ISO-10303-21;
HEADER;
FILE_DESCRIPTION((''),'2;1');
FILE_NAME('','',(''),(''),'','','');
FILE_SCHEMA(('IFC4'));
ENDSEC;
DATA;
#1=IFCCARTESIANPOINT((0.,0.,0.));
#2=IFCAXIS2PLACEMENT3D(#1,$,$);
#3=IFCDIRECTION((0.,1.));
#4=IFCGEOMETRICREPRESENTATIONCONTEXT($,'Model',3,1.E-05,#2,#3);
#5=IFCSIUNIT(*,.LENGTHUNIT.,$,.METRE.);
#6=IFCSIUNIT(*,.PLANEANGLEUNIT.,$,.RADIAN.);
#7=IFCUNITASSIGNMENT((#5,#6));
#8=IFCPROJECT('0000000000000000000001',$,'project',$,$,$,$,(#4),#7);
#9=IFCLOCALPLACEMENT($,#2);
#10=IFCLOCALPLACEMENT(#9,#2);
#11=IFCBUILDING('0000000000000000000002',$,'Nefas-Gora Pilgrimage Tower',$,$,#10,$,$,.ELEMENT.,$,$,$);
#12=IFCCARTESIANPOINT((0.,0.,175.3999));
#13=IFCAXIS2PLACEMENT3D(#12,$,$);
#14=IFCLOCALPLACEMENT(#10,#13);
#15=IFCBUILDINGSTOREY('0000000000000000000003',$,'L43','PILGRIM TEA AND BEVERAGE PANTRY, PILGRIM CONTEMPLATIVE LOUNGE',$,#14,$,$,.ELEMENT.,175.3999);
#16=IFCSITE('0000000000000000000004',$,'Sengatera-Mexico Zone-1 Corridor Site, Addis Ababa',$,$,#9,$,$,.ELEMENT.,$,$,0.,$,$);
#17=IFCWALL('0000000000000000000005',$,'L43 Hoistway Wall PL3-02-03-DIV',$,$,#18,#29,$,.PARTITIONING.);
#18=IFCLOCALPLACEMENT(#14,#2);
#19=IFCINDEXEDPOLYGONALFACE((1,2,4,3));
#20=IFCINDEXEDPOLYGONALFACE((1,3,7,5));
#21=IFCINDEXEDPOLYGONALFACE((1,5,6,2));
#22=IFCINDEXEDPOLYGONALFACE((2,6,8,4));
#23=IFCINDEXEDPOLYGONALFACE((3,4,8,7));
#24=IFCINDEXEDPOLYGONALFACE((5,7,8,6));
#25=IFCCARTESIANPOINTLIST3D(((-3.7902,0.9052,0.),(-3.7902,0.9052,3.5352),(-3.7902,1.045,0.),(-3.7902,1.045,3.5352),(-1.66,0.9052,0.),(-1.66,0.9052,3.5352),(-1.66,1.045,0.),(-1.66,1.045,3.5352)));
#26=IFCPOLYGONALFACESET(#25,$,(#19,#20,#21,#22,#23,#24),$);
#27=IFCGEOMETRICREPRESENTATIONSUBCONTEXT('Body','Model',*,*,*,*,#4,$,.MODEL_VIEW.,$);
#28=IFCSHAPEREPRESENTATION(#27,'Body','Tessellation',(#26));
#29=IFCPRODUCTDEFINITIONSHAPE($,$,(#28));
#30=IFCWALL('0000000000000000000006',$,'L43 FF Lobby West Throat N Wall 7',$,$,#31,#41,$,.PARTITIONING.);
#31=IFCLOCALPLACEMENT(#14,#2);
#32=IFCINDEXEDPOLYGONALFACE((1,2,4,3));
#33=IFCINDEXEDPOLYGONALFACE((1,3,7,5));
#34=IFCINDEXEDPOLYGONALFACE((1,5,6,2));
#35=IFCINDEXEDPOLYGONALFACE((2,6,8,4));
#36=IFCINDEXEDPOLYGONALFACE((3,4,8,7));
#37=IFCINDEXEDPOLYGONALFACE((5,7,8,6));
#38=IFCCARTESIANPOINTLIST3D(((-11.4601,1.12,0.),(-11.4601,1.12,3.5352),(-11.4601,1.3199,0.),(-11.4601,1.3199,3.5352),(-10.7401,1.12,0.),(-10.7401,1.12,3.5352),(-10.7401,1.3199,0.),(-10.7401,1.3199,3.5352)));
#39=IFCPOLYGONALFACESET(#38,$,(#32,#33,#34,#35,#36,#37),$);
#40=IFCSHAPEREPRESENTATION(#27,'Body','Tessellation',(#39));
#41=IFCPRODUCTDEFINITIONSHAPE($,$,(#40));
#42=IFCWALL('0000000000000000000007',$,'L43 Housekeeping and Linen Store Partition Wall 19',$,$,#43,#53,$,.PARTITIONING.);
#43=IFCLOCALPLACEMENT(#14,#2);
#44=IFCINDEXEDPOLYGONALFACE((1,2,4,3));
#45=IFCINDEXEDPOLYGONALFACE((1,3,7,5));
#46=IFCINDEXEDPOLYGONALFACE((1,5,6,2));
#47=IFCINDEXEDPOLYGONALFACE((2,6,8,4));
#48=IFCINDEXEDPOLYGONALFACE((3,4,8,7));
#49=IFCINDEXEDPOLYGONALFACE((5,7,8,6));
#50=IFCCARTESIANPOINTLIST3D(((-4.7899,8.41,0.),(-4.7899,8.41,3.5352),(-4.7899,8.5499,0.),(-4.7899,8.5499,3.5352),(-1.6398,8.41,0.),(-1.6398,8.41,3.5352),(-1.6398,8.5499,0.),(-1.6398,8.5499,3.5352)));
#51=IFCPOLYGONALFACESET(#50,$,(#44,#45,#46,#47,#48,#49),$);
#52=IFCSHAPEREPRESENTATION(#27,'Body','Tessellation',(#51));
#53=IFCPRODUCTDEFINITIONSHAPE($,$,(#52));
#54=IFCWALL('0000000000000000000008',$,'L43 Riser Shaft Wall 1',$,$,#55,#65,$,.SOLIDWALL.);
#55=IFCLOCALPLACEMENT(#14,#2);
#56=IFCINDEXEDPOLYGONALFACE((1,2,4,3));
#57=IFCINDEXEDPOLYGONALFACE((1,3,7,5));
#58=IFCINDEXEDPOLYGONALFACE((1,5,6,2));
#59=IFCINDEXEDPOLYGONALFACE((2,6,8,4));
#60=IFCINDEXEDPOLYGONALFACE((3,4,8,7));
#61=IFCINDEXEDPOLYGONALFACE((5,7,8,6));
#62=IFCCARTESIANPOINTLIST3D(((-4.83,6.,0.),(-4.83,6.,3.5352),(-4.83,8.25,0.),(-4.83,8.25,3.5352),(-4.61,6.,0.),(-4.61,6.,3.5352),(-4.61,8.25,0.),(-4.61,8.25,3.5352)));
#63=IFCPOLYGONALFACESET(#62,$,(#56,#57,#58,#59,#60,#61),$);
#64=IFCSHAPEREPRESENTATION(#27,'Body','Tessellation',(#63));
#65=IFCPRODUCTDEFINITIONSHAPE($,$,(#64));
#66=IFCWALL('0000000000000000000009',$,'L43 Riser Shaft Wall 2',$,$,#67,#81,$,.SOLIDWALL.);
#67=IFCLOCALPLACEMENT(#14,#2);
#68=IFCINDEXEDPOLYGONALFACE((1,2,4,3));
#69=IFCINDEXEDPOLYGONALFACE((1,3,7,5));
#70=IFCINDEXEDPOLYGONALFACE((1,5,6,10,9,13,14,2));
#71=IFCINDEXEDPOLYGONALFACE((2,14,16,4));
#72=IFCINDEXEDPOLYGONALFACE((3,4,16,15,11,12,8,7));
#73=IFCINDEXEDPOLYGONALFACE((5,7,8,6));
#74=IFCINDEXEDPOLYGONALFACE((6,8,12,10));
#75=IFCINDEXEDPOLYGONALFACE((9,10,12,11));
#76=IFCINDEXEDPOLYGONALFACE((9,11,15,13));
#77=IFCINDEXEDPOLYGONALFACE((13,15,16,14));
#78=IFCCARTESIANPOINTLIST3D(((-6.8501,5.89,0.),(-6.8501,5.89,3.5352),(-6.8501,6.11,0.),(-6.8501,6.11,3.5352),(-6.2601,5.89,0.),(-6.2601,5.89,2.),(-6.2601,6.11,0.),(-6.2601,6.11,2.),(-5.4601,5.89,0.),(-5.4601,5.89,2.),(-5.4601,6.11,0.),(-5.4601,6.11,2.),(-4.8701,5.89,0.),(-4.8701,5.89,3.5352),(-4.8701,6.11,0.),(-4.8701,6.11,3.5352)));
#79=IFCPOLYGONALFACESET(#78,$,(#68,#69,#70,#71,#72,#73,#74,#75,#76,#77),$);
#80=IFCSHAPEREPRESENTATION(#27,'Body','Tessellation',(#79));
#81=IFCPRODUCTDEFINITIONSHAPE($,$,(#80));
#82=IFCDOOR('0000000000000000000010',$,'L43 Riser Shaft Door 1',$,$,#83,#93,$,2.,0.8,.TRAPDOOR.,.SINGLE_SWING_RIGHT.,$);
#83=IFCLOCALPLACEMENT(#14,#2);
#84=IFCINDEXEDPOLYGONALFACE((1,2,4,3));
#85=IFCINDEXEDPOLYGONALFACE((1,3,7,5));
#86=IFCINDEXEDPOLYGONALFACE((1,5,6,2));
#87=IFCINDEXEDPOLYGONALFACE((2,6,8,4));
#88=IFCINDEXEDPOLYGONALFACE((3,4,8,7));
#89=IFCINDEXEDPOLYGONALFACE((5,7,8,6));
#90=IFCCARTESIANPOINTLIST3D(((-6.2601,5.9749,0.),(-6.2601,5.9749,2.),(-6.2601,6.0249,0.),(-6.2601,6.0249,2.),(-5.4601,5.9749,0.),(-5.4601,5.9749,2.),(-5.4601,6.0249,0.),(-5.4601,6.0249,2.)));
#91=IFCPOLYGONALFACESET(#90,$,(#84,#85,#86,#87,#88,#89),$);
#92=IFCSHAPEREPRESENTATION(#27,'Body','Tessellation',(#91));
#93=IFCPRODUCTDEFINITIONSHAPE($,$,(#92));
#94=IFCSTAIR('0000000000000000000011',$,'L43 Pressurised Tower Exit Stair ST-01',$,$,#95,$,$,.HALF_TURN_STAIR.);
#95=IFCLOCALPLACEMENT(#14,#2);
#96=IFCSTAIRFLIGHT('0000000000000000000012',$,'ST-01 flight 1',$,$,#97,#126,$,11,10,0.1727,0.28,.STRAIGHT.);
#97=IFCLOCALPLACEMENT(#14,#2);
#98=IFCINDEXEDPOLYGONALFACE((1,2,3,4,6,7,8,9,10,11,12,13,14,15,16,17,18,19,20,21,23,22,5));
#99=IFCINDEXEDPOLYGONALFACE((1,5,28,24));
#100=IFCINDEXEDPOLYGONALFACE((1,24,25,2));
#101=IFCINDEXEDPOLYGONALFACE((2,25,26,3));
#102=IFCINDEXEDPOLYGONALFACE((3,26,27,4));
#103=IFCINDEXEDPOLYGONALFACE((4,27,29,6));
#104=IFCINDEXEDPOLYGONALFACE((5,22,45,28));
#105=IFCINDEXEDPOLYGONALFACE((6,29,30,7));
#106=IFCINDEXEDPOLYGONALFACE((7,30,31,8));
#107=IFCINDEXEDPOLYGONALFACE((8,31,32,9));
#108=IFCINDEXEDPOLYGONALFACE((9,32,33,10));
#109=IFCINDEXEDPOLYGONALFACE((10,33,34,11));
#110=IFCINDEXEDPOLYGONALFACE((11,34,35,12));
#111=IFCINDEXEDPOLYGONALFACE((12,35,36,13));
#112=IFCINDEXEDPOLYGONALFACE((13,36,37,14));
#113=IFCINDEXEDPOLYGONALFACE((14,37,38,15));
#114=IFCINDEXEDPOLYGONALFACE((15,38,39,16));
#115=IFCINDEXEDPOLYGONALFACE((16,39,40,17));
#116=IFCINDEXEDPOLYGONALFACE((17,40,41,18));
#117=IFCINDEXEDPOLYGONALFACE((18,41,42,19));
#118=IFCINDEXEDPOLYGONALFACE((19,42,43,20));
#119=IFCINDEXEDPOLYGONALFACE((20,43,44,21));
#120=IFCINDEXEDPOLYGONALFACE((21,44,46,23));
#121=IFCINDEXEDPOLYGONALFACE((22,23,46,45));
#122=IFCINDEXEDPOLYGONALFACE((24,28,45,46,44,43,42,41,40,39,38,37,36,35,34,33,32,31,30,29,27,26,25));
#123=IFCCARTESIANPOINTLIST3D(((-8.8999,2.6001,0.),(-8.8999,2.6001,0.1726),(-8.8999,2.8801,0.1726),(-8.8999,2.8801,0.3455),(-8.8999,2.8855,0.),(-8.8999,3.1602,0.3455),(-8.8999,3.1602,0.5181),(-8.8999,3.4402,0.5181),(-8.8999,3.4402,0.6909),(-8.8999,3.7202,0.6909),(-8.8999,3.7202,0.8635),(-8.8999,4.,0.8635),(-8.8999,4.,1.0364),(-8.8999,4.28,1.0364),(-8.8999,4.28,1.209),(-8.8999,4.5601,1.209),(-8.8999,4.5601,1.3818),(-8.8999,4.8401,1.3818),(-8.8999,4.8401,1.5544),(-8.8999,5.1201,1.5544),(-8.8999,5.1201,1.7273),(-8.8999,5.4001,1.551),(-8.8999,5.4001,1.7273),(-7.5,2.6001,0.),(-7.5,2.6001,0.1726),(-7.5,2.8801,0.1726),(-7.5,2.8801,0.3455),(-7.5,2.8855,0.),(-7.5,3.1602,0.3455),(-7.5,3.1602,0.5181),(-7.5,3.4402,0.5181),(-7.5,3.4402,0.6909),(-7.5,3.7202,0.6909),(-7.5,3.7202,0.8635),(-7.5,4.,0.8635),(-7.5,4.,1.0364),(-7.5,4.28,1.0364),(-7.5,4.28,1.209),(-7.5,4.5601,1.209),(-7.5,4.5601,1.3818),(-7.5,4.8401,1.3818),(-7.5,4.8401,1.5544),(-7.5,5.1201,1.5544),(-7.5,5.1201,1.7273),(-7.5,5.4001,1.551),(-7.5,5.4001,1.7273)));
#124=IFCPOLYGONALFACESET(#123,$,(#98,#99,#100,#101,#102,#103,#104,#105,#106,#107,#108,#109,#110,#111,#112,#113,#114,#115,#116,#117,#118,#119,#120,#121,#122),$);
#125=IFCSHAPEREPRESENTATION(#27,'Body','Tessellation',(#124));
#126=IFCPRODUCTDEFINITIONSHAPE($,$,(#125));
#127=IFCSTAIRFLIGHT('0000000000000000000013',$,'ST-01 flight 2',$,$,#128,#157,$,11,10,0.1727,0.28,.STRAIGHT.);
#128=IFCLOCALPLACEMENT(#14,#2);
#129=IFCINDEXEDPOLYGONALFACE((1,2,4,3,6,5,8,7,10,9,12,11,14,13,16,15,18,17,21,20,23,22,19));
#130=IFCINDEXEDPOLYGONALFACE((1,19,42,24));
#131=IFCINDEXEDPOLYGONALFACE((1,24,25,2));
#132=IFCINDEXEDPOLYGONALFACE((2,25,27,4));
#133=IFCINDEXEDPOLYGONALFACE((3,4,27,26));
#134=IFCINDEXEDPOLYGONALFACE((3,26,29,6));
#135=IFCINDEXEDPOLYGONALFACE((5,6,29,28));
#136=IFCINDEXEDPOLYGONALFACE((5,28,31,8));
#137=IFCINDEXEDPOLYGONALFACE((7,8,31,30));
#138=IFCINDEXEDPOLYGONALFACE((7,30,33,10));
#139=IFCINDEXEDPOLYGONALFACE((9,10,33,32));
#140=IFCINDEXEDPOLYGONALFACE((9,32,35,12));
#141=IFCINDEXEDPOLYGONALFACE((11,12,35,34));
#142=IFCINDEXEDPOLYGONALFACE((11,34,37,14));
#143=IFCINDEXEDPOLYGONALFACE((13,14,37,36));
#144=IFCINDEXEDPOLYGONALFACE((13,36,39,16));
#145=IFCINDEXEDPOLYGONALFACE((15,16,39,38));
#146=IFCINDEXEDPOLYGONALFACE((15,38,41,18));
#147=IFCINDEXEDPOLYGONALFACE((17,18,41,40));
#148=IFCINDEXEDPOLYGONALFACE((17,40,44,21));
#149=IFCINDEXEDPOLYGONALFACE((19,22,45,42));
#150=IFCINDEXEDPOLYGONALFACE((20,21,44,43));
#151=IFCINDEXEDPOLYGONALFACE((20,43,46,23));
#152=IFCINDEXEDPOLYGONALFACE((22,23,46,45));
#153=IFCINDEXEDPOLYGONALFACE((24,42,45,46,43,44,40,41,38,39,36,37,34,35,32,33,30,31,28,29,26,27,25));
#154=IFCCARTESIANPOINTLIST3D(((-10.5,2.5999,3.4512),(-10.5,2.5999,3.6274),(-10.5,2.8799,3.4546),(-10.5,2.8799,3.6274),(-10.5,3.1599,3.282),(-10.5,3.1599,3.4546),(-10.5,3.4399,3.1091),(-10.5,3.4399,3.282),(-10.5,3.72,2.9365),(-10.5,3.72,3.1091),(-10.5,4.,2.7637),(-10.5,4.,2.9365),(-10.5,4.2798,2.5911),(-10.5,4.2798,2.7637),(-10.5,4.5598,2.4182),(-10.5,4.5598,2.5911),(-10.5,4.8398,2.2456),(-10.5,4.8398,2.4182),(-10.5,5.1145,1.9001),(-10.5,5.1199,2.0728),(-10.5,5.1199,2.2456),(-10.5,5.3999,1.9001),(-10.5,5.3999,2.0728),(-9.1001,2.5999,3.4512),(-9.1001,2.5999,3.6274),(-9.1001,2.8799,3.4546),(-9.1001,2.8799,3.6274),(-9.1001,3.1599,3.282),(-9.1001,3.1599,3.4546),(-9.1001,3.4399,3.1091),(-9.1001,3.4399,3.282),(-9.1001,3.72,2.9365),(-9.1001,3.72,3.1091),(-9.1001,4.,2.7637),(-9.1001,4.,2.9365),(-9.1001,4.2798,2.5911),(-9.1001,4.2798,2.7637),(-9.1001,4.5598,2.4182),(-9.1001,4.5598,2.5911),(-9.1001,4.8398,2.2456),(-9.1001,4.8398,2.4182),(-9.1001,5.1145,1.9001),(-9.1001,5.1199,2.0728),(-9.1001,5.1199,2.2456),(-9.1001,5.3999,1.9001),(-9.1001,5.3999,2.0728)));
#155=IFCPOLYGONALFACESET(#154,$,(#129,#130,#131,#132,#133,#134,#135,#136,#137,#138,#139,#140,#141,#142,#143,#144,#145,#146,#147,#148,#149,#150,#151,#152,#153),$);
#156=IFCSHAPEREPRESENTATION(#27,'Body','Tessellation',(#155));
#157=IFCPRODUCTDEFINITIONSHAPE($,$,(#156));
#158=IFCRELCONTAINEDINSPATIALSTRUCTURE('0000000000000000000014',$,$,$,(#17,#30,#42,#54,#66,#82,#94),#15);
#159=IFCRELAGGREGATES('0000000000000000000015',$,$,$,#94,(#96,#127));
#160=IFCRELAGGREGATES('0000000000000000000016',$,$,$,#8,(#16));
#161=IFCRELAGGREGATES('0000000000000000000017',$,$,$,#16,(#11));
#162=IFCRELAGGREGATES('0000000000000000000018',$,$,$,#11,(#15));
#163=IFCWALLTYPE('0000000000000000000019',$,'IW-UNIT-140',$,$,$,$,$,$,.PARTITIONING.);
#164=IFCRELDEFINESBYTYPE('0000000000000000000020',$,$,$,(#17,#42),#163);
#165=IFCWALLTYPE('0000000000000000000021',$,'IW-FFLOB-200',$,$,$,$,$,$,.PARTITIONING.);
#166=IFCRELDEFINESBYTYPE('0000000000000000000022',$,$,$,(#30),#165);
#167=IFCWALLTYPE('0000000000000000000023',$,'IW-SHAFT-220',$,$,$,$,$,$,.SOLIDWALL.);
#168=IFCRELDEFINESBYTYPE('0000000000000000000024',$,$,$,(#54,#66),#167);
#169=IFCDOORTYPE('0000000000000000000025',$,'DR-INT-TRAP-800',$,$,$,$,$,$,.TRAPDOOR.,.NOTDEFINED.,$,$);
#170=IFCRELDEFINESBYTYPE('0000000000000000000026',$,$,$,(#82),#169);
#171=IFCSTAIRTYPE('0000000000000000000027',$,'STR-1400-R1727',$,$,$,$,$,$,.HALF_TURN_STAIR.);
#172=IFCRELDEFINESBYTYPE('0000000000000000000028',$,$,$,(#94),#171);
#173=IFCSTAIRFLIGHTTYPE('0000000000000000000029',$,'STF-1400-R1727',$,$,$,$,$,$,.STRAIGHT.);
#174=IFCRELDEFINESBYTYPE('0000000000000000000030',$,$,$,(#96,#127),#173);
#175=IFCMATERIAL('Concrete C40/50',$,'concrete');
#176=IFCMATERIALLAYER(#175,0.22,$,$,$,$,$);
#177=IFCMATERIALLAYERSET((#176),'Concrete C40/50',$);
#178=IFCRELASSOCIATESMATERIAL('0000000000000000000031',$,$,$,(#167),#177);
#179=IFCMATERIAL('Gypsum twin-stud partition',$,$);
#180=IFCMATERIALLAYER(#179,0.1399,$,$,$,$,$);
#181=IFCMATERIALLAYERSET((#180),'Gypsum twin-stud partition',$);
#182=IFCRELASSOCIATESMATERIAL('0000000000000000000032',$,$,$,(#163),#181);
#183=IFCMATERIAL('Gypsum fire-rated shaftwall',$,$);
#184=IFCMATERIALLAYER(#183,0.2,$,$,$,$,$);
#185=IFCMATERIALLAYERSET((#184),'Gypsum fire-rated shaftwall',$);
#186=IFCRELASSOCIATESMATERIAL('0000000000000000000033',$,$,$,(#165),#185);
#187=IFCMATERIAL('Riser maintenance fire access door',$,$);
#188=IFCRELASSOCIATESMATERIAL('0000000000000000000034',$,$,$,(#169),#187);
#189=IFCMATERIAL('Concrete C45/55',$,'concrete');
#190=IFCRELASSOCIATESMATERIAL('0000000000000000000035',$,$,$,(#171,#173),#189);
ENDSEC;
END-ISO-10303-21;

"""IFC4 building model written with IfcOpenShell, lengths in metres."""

from ifc_helpers import new_model, si_unit, direction, frame, frame_2d, origin, place, context, subcontext, project, spatial, polyline, rectangle, outline, extrude, source, transform, mapped, material, layer, layer_set, type_object, element, fill, aggregate, save


model = new_model("IFC4")

# Units and contexts
model_context = context("Model", 3, precision=1e-05, world=origin(), true_north=direction((0.0, 1.0)))
body_context = subcontext(model_context, "Body", "Model", "MODEL_VIEW")
ifc_project = project(units=[si_unit("LENGTHUNIT", "METRE"), si_unit("PLANEANGLEUNIT", "RADIAN")], contexts=[model_context])

# Site, building, storey
site_placement = place(None, origin())
site = spatial("IfcSite", under=ifc_project, at=site_placement, Name="Sengatera-Mexico Zone-1 Corridor Site, Addis Ababa", CompositionType="ELEMENT", RefElevation=0.0)
building_placement = place(site_placement, origin())
building = spatial("IfcBuilding", under=site, at=building_placement, Name="Nefas-Gora Pilgrimage Tower", CompositionType="ELEMENT")
storey_placement = place(building_placement, frame((0.0, 0.0, 175.3999)))
storey = spatial("IfcBuildingStorey", under=building, at=storey_placement, Name="L43", Description="PILGRIM TEA AND BEVERAGE PANTRY, PILGRIM CONTEMPLATIVE LOUNGE", CompositionType="ELEMENT", Elevation=175.3999)

# Shared definitions
ifc_material_1 = material(Name="Concrete C45/55", Category="concrete")

# Shared definitions
ifc_material_2 = material(Name="Concrete C40/50", Category="concrete")
ifc_layer_1 = layer(ifc_material_2, 0.22)
ifc_layer_set_1 = layer_set([ifc_layer_1], Name="Concrete C40/50")
wall_type_1 = type_object("IfcWallType", Name="IW-SHAFT-220", PredefinedType="SOLIDWALL", material=ifc_layer_set_1)

# Walls
ifc_material_3 = material(Name="Gypsum twin-stud partition")
ifc_layer_2 = layer(ifc_material_3, 0.1399)
ifc_layer_set_2 = layer_set([ifc_layer_2], Name="Gypsum twin-stud partition")
wall_type_2 = type_object("IfcWallType", Name="IW-UNIT-140", PredefinedType="PARTITIONING", material=ifc_layer_set_2)
shared_shape_1 = source(origin(), body_context, "Body", "SweptSolid", [
    extrude(rectangle(XDim=2.1301, YDim=0.1399, at=frame_2d((1.0649, 0.0))), origin(), (0.0, 0.0, 1.0), 3.5352),
])
for number, where, z_axis, x_axis, name in (
    (1, (-3.79, 0.9751, 0.0), (0.0, 0.0, 1.0), (1.0, 0.0, 0.0), "L43 Hoistway Wall PL3-02-03-DIV"),
):
    element("IfcWall", number, at=place(storey_placement, frame(where, z_axis=z_axis, x_axis=x_axis)), inside=storey, type_object=wall_type_2, Name=name, PredefinedType="PARTITIONING", context=body_context, shape_type="MappedRepresentation", body=[
        mapped(shared_shape_1, transform((0.0, 0.0, 0.0), x_axis=(1.0, 0.0, 0.0), y_axis=(0.0, 1.0, 0.0), z_axis=(0.0, 0.0, 1.0), scale=1.0)),
    ])
ifc_material_4 = material(Name="Gypsum fire-rated shaftwall")
ifc_layer_3 = layer(ifc_material_4, 0.2)
ifc_layer_set_3 = layer_set([ifc_layer_3], Name="Gypsum fire-rated shaftwall")
wall_type_3 = type_object("IfcWallType", Name="IW-FFLOB-200", PredefinedType="PARTITIONING", material=ifc_layer_set_3)
shared_shape_2 = source(origin(), body_context, "Body", "SweptSolid", [
    extrude(rectangle(XDim=0.72, YDim=0.2, at=frame_2d((0.3599, 0.0))), origin(), (0.0, 0.0, 1.0), 3.5352),
])
wall_1_placement = place(storey_placement, frame((-11.46, 1.22, 0.0), z_axis=(0.0, 0.0, 1.0), x_axis=(1.0, 0.0, 0.0)))
element("IfcWall", 2, at=wall_1_placement, inside=storey, type_object=wall_type_3, Name="L43 FF Lobby West Throat N Wall 7", PredefinedType="PARTITIONING", context=body_context, shape_type="MappedRepresentation", body=[
    mapped(shared_shape_2, transform((0.0, 0.0, 0.0), x_axis=(1.0, 0.0, 0.0), y_axis=(0.0, 1.0, 0.0), z_axis=(0.0, 0.0, 1.0), scale=1.0)),
])
shared_shape_3 = source(origin(), body_context, "Body", "SweptSolid", [
    extrude(rectangle(XDim=3.1501, YDim=0.1399, at=frame_2d((1.5752, 0.0))), origin(), (0.0, 0.0, 1.0), 3.5352),
])
wall_2_placement = place(storey_placement, frame((-4.79, 8.48, 0.0), z_axis=(0.0, 0.0, 1.0), x_axis=(1.0, 0.0, 0.0)))
element("IfcWall", 3, at=wall_2_placement, inside=storey, type_object=wall_type_2, Name="L43 Housekeeping and Linen Store Partition Wall 19", PredefinedType="PARTITIONING", context=body_context, shape_type="MappedRepresentation", body=[
    mapped(shared_shape_3, transform((0.0, 0.0, 0.0), x_axis=(1.0, 0.0, 0.0), y_axis=(0.0, 1.0, 0.0), z_axis=(0.0, 0.0, 1.0), scale=1.0)),
])
shared_shape_4 = source(origin(), body_context, "Body", "SweptSolid", [
    extrude(rectangle(XDim=2.25, YDim=0.22, at=frame_2d((1.125, 0.0))), origin(), (0.0, 0.0, 1.0), 3.5352),
])
wall_3_placement = place(storey_placement, frame((-4.72, 6.0, 0.0), z_axis=(0.0, 0.0, 1.0), x_axis=(0.0, 1.0, 0.0)))
element("IfcWall", 4, at=wall_3_placement, inside=storey, type_object=wall_type_1, Name="L43 Riser Shaft Wall 1", PredefinedType="SOLIDWALL", context=body_context, shape_type="MappedRepresentation", body=[
    mapped(shared_shape_4, transform((0.0, 0.0, 0.0), x_axis=(1.0, 0.0, 0.0), y_axis=(0.0, 1.0, 0.0), z_axis=(0.0, 0.0, 1.0), scale=1.0)),
])

# Wall, opening, door
shared_shape_5 = source(origin(), body_context, "Body", "SweptSolid", [
    extrude(rectangle(XDim=1.98, YDim=0.22, at=frame_2d((0.99, 0.0))), origin(), (0.0, 0.0, 1.0), 3.5352),
])
wall_4_placement = place(storey_placement, frame((-6.8501, 6.0, 0.0), z_axis=(0.0, 0.0, 1.0), x_axis=(1.0, 0.0, 0.0)))
wall_4 = element("IfcWall", 5, at=wall_4_placement, inside=storey, type_object=wall_type_1, Name="L43 Riser Shaft Wall 2", PredefinedType="SOLIDWALL", context=body_context, shape_type="MappedRepresentation", body=[
    mapped(shared_shape_5, transform((0.0, 0.0, 0.0), x_axis=(1.0, 0.0, 0.0), y_axis=(0.0, 1.0, 0.0), z_axis=(0.0, 0.0, 1.0), scale=1.0)),
])
opening_1_placement = place(wall_4_placement, frame((0.5901, 0.0, 0.0)))
opening_1 = element("IfcOpeningElement", 6, at=opening_1_placement, cuts=wall_4, PredefinedType="OPENING", context=body_context, shape_type="SweptSolid", body=[
    extrude(rectangle(XDim=0.8, YDim=2.0, at=frame_2d((0.3999, 1.0))), frame((0.0, 0.1199, 0.0), z_axis=(0.0, -1.0, 0.0), x_axis=(1.0, 0.0, 0.0)), (0.0, 0.0, 1.0), 0.24),
])
ifc_material_5 = material(Name="Riser maintenance fire access door")
door_type_1 = type_object("IfcDoorType", Name="DR-INT-TRAP-800", OperationType="NOTDEFINED", PredefinedType="TRAPDOOR", material=ifc_material_5)
shared_shape_6 = source(origin(), body_context, "Body", "SweptSolid", [
    extrude(rectangle(XDim=0.8, YDim=2.0, at=frame_2d((0.3999, 1.0))), frame((0.0, 0.0249, 0.0), z_axis=(0.0, -1.0, 0.0), x_axis=(1.0, 0.0, 0.0)), (0.0, 0.0, 1.0), 0.05),
])
door_1_placement = place(opening_1_placement, origin())
door_1 = element("IfcDoor", 7, at=door_1_placement, inside=storey, type_object=door_type_1, Name="L43 Riser Shaft Door 1", OperationType="SINGLE_SWING_RIGHT", OverallHeight=2.0, OverallWidth=0.8, PredefinedType="TRAPDOOR", context=body_context, shape_type="MappedRepresentation", body=[
    mapped(shared_shape_6, transform((0.0, 0.0, 0.0), x_axis=(1.0, 0.0, 0.0), y_axis=(0.0, 1.0, 0.0), z_axis=(0.0, 0.0, 1.0), scale=1.0)),
])
fill(opening_1, door_1)

# Stair, stair flights
stair_type = type_object("IfcStairType", Name="STR-1400-R1727", PredefinedType="HALF_TURN_STAIR", material=ifc_material_1)
stair_placement = place(storey_placement, origin())
stair = element("IfcStair", 8, at=stair_placement, inside=storey, type_object=stair_type, Name="L43 Pressurised Tower Exit Stair ST-01", PredefinedType="HALF_TURN_STAIR")
stair_flight_type = type_object("IfcStairFlightType", Name="STF-1400-R1727", PredefinedType="STRAIGHT", material=ifc_material_1)
shared_shape_7 = source(origin(), body_context, "Body", "SweptSolid", [
    extrude(outline(polyline([(0.0, 0.0), (0.0, 0.1726), (0.28, 0.1726), (0.28, 0.3455), (0.5601, 0.3455), (0.5601, 0.5181), (0.8401, 0.5181), (0.8401, 0.6909), (1.1201, 0.6909), (1.1201, 0.8635), (1.3999, 0.8635), (1.3999, 1.0364), (1.6799, 1.0364), (1.6799, 1.209), (1.96, 1.209), (1.96, 1.3818), (2.24, 1.3818), (2.24, 1.5544), (2.52, 1.5544), (2.52, 1.7273), (2.8, 1.7273), (2.8, 1.8999), (2.8, 1.551), (0.2854, 0.0), (0.0, 0.0)])), frame((0.0, 0.7, 0.0), z_axis=(0.0, -1.0, 0.0), x_axis=(1.0, 0.0, 0.0)), (0.0, 0.0, 1.0), 1.3999),
])
stair_flight_1_placement = place(storey_placement, frame((-8.2, 2.6001, 0.0), z_axis=(0.0, 0.0, 1.0), x_axis=(0.0, 1.0, 0.0)))
stair_flight_1 = element("IfcStairFlight", 9, at=stair_flight_1_placement, type_object=stair_flight_type, Name="ST-01 flight 1", NumberOfRisers=11, NumberOfTreads=10, PredefinedType="STRAIGHT", RiserHeight=0.1727, TreadLength=0.28, context=body_context, shape_type="MappedRepresentation", body=[
    mapped(shared_shape_7, transform((0.0, 0.0, 0.0), x_axis=(1.0, 0.0, 0.0), y_axis=(0.0, 1.0, 0.0), z_axis=(0.0, 0.0, 1.0), scale=1.0)),
])
stair_flight_2_placement = place(storey_placement, frame((-9.8, 5.3999, 1.9001), z_axis=(0.0, 0.0, 1.0), x_axis=(0.0, -1.0, 0.0)))
stair_flight_2 = element("IfcStairFlight", 10, at=stair_flight_2_placement, type_object=stair_flight_type, Name="ST-01 flight 2", NumberOfRisers=11, NumberOfTreads=10, PredefinedType="STRAIGHT", RiserHeight=0.1727, TreadLength=0.28, context=body_context, shape_type="MappedRepresentation", body=[
    mapped(shared_shape_7, transform((0.0, 0.0, 0.0), x_axis=(1.0, 0.0, 0.0), y_axis=(0.0, 1.0, 0.0), z_axis=(0.0, 0.0, 1.0), scale=1.0)),
])
aggregate(stair, [stair_flight_1, stair_flight_2])

save(model, "model.ifc")
